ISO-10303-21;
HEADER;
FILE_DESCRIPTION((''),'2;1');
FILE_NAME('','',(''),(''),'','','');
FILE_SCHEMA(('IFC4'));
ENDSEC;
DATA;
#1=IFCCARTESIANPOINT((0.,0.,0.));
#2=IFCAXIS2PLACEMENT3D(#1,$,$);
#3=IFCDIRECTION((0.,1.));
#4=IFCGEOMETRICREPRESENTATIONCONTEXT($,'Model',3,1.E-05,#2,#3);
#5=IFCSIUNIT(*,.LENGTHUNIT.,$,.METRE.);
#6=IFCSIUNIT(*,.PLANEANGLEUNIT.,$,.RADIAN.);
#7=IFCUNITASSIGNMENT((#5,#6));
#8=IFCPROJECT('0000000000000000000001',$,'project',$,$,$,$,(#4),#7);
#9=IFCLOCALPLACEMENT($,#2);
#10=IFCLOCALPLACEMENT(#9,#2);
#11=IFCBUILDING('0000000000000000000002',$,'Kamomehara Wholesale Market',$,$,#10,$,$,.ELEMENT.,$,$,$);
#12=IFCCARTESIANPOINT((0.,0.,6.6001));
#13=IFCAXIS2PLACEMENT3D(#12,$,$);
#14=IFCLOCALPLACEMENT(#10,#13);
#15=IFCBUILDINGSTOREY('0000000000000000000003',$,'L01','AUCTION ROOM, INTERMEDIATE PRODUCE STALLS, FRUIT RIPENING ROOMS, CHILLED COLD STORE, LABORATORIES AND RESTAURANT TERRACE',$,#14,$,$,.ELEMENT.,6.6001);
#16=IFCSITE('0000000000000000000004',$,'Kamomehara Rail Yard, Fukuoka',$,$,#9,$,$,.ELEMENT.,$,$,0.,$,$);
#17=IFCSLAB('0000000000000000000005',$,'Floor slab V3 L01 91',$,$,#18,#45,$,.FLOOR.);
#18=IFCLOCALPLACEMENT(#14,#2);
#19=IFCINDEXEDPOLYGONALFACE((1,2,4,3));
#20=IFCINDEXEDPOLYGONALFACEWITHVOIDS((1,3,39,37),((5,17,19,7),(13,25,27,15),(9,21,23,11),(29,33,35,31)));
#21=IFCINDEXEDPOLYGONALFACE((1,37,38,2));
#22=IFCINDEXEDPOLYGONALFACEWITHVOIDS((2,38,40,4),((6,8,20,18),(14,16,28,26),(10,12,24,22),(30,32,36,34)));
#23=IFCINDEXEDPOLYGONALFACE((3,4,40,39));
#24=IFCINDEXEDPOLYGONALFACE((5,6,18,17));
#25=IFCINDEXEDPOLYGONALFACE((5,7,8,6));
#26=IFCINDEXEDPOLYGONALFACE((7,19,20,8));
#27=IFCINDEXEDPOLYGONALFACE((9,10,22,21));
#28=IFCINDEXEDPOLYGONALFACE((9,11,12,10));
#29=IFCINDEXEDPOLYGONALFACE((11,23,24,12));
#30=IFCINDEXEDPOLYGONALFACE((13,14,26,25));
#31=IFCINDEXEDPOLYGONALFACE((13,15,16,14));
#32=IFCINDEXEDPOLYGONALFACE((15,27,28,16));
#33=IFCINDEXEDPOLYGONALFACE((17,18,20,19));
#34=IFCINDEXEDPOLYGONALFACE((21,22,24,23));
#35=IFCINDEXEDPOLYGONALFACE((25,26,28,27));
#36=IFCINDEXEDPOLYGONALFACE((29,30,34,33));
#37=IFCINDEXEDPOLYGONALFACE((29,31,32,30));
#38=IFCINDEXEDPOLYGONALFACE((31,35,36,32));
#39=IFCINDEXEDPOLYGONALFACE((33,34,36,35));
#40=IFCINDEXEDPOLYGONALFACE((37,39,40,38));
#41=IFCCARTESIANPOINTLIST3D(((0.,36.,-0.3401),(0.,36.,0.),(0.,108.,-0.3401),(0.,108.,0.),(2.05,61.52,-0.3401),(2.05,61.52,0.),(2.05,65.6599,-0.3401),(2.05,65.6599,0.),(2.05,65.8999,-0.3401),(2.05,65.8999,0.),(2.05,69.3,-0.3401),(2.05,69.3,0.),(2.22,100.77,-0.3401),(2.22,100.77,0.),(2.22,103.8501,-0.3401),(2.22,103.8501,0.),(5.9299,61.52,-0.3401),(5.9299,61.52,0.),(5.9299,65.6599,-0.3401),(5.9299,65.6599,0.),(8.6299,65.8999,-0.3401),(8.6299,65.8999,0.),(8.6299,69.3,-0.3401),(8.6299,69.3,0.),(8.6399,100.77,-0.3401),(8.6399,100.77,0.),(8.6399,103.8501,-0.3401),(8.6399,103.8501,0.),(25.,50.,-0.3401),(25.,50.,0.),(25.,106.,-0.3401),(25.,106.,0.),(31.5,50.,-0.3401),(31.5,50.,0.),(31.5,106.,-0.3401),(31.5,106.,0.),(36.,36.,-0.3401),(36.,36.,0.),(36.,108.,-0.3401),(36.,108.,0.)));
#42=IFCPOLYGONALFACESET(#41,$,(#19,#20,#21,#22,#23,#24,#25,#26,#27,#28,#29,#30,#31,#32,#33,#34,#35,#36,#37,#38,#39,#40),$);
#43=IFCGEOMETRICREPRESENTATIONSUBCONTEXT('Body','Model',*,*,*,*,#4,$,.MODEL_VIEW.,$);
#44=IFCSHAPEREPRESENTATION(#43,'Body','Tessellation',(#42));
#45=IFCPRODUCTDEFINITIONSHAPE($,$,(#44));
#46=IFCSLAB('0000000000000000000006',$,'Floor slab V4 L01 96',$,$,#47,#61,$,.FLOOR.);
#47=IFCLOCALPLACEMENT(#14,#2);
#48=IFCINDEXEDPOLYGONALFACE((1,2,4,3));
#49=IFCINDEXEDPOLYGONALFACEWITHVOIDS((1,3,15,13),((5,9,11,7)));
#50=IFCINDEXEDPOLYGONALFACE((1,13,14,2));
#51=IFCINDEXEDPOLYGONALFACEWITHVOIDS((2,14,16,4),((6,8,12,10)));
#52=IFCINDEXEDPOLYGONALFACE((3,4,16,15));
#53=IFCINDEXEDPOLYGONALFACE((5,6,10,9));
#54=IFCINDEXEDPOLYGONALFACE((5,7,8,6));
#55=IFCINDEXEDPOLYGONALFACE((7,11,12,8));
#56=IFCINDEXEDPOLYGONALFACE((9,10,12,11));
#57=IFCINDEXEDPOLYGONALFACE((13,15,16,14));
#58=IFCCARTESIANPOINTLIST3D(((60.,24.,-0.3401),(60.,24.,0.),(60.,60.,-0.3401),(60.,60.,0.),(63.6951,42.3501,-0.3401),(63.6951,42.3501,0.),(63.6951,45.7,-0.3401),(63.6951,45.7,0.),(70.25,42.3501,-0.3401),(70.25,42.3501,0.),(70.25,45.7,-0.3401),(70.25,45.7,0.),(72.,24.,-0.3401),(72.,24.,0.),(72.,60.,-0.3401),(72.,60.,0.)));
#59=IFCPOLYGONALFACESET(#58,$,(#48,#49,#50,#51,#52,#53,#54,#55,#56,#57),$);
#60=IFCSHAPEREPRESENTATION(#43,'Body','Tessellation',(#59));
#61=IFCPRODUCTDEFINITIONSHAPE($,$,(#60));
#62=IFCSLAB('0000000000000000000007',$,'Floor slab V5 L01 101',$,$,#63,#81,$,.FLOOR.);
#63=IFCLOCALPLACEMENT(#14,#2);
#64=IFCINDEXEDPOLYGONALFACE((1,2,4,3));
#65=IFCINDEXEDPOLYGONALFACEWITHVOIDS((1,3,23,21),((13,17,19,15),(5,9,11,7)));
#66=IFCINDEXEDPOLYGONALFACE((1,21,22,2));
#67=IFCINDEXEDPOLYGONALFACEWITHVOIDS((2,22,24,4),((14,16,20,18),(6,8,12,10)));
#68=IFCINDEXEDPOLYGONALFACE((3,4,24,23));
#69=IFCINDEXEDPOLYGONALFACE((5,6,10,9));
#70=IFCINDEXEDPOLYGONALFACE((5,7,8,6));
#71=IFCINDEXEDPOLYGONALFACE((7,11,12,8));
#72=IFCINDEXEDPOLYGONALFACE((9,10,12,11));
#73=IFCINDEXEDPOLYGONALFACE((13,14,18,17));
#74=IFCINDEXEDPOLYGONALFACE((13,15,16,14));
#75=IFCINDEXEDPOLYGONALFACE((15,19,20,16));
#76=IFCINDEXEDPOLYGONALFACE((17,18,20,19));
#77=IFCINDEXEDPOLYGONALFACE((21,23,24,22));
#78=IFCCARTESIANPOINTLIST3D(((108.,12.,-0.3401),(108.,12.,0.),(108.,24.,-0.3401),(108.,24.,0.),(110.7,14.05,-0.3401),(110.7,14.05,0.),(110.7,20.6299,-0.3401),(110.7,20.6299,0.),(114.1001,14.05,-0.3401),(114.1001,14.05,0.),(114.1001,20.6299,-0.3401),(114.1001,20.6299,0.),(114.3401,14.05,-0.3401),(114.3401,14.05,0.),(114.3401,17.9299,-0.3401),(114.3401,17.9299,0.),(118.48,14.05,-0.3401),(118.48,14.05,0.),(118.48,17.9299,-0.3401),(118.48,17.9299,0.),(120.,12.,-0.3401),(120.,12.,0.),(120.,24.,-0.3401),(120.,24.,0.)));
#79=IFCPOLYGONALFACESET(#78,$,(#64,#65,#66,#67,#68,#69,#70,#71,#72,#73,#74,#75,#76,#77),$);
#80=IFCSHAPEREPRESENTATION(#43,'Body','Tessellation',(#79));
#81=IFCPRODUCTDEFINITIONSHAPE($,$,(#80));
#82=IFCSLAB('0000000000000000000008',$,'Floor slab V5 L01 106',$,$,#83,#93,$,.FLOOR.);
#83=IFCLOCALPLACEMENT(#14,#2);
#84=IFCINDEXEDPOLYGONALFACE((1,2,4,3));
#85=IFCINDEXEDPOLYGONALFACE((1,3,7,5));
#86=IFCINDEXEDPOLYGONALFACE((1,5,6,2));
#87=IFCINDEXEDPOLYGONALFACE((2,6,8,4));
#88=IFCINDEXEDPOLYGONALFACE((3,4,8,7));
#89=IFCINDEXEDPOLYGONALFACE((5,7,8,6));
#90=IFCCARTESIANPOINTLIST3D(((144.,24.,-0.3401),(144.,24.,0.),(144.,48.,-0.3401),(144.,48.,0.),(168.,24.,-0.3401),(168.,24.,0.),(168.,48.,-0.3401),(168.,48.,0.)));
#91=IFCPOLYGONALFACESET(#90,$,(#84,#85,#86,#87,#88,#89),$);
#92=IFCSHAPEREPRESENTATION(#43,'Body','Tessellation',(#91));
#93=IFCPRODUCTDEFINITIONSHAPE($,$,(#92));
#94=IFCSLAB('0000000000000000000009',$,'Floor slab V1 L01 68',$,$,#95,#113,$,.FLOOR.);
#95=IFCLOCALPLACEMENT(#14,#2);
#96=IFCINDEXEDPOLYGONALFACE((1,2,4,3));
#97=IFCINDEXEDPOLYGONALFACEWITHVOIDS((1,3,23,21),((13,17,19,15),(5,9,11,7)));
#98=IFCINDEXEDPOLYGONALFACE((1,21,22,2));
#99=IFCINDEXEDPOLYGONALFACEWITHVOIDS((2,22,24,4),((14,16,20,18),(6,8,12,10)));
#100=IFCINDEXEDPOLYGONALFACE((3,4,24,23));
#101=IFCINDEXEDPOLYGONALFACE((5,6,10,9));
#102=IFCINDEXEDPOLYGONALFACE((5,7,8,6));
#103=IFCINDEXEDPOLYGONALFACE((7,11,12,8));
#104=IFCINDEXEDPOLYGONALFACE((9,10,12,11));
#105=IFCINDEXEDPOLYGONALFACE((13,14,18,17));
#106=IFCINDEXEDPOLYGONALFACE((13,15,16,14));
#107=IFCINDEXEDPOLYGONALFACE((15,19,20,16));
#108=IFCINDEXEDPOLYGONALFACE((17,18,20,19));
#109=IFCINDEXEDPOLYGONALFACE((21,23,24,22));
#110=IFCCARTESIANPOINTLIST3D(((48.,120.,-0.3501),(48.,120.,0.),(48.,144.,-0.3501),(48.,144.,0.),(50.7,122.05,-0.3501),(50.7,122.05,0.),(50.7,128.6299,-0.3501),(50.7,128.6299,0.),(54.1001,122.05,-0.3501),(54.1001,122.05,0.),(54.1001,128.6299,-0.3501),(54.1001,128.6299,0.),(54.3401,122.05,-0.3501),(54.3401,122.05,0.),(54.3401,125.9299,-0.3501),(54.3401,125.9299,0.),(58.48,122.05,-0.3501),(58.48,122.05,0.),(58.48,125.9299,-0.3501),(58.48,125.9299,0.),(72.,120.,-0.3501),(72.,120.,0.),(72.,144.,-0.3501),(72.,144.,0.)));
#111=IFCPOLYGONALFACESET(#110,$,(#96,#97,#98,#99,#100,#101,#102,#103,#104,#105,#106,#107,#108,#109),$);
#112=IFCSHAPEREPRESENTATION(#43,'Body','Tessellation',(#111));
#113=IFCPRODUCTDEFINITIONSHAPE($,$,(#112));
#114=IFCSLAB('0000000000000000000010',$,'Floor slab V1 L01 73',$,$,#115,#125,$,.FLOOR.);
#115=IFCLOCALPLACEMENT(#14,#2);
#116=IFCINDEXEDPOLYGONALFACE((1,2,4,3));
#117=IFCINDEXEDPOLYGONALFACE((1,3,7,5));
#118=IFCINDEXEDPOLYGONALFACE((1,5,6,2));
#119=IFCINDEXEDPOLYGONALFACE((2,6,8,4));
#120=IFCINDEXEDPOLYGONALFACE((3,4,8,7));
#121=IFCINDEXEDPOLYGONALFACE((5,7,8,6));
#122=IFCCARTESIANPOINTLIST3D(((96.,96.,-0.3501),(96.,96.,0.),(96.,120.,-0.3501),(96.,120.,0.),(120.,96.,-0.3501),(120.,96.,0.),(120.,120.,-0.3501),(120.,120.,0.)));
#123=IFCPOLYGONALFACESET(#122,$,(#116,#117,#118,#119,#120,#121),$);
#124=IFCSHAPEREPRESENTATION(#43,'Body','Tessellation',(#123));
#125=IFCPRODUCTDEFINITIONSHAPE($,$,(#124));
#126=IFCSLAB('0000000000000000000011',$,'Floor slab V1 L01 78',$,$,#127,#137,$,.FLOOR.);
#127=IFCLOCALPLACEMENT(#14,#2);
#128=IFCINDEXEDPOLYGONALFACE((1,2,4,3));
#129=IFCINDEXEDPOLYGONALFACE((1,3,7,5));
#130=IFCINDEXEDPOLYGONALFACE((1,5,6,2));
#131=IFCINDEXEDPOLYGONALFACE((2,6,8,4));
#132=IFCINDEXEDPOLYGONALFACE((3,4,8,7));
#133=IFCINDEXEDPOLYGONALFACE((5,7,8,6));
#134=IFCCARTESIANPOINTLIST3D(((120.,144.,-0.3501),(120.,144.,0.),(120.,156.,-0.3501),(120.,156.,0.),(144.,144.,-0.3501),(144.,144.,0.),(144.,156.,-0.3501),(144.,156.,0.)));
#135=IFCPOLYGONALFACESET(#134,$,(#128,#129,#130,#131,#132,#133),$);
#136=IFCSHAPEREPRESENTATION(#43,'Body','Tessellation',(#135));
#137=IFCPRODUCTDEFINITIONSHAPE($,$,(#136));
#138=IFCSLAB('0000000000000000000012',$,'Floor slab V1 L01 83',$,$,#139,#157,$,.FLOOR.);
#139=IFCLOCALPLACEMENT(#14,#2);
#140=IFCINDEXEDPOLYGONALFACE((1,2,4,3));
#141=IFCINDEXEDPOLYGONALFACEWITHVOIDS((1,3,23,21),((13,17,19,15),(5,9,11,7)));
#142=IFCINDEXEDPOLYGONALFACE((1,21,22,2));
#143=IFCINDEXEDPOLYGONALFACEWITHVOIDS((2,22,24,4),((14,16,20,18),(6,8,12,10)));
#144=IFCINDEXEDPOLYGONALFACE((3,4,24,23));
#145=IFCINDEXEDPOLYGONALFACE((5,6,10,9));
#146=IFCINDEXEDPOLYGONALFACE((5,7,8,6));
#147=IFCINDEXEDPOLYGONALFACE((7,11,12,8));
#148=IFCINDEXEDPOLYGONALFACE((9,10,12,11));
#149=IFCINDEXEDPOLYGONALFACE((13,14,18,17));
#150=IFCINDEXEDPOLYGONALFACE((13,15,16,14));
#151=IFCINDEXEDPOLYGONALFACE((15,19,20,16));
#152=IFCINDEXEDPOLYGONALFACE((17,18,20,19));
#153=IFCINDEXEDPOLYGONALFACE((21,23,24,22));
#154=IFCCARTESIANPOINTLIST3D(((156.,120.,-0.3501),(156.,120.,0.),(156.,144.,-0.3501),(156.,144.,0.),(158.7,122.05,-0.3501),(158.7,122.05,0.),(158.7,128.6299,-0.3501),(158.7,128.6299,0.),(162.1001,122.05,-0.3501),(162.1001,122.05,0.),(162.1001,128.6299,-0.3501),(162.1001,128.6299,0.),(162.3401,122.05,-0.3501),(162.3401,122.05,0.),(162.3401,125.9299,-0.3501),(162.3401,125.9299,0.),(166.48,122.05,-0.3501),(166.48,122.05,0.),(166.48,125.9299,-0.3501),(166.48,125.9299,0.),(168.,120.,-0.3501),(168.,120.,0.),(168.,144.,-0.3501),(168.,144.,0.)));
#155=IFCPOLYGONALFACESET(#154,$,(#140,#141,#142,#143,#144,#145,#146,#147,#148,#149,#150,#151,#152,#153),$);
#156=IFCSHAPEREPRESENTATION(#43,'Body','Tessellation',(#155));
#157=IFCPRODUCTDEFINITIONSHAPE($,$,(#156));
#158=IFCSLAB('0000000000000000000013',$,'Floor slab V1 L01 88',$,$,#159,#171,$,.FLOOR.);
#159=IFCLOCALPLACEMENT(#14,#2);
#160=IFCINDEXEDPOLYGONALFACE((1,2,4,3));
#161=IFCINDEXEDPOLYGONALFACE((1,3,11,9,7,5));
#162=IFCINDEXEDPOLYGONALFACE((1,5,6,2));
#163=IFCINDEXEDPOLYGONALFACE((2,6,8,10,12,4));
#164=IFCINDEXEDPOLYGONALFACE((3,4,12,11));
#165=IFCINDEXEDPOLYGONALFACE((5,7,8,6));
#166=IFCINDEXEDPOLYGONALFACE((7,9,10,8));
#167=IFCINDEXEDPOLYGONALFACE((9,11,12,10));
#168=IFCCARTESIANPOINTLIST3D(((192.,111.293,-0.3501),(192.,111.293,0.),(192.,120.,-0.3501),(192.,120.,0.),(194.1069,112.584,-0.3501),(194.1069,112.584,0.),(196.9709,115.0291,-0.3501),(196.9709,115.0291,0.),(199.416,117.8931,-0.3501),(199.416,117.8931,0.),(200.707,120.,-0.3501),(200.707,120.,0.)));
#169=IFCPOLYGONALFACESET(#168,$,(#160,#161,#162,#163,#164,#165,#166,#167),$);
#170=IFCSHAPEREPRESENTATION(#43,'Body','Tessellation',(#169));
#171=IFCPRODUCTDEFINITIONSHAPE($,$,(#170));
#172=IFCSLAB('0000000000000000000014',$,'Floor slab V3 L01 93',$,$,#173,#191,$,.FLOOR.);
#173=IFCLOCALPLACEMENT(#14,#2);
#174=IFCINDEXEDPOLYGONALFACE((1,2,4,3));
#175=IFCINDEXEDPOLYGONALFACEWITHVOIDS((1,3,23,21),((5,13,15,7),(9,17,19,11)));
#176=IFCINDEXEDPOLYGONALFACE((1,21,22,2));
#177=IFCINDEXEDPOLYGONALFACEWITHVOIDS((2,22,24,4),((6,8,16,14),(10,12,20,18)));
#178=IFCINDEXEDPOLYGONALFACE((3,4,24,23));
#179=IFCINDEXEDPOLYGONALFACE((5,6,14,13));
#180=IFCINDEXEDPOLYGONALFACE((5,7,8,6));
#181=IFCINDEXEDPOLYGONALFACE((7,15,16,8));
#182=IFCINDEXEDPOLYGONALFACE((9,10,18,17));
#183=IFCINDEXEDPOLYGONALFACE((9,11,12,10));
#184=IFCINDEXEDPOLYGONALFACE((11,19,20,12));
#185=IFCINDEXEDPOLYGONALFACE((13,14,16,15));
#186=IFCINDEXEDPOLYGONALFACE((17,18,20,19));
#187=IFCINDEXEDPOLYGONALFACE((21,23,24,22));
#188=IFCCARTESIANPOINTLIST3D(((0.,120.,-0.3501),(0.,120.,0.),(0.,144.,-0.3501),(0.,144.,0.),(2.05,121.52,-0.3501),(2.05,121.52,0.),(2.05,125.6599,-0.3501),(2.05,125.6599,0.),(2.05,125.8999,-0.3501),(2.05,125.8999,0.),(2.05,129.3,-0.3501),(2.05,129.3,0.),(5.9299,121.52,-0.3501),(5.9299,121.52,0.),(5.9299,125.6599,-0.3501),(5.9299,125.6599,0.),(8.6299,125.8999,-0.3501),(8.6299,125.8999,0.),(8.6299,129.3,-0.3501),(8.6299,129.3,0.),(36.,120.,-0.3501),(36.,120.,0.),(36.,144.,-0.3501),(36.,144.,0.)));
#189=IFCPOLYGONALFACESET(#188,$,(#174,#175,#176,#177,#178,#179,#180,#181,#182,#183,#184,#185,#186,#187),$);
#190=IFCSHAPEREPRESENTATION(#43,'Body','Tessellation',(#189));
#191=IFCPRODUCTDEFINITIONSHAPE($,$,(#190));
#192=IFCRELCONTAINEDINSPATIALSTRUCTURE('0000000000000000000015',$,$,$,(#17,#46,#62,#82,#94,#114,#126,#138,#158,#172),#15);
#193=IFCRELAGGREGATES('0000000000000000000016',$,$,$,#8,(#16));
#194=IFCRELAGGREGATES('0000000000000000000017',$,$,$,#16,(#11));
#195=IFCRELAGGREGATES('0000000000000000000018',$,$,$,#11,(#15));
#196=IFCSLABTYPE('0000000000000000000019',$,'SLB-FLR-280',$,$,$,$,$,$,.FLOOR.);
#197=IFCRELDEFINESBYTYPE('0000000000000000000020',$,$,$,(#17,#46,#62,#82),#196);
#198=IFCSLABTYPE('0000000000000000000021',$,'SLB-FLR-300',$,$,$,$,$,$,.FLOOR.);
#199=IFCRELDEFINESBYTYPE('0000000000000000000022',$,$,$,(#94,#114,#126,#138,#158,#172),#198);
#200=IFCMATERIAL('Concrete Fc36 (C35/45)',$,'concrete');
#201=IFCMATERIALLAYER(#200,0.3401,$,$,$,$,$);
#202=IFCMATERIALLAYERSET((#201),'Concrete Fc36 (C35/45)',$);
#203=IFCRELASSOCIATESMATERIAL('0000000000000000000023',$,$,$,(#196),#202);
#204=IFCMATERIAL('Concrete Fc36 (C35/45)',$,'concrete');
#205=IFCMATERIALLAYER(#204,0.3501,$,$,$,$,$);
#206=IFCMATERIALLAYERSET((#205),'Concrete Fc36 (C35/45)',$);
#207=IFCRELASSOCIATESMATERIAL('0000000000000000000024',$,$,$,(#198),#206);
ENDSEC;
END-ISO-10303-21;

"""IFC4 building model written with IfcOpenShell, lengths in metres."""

from ifc_helpers import new_model, si_unit, direction, frame, origin, place, context, subcontext, project, spatial, polyline, outline, extrude, material, layer, layer_set, type_object, element, save


model = new_model("IFC4")

# Units and contexts
model_context = context("Model", 3, precision=1e-05, world=origin(), true_north=direction((0.0, 1.0)))
body_context = subcontext(model_context, "Body", "Model", "MODEL_VIEW")
ifc_project = project(units=[si_unit("LENGTHUNIT", "METRE"), si_unit("PLANEANGLEUNIT", "RADIAN")], contexts=[model_context])

# Site, building, storey
site_placement = place(None, origin())
site = spatial("IfcSite", under=ifc_project, at=site_placement, Name="Kamomehara Rail Yard, Fukuoka", CompositionType="ELEMENT", RefElevation=0.0)
building_placement = place(site_placement, origin())
building = spatial("IfcBuilding", under=site, at=building_placement, Name="Kamomehara Wholesale Market", CompositionType="ELEMENT")
storey_placement = place(building_placement, frame((0.0, 0.0, 6.6001)))
storey = spatial("IfcBuildingStorey", under=building, at=storey_placement, Name="L01", Description="AUCTION ROOM, INTERMEDIATE PRODUCE STALLS, FRUIT RIPENING ROOMS, CHILLED COLD STORE, LABORATORIES AND RESTAURANT TERRACE", CompositionType="ELEMENT", Elevation=6.6001)

# Slabs
ifc_material_1 = material(Name="Concrete Fc36 (C35/45)", Category="concrete")
ifc_layer_1 = layer(ifc_material_1, 0.3401)
ifc_layer_set_1 = layer_set([ifc_layer_1], Name="Concrete Fc36 (C35/45)")
slab_type_1 = type_object("IfcSlabType", Name="SLB-FLR-280", PredefinedType="FLOOR", material=ifc_layer_set_1)
slab_1_placement = place(storey_placement, frame((0.0, 0.0, -0.3401)))
element("IfcSlab", 1, at=slab_1_placement, inside=storey, type_object=slab_type_1, Name="Floor slab V3 L01 91", PredefinedType="FLOOR", context=body_context, shape_type="SweptSolid", body=[
    extrude(outline(polyline([(36.0, 36.0), (0.0, 36.0), (0.0, 108.0), (36.0, 108.0), (36.0, 36.0)]), holes=[polyline([(8.6299, 65.8999), (8.6299, 69.3), (2.05, 69.3), (2.05, 65.8999), (8.6299, 65.8999)]), polyline([(5.9299, 61.52), (5.9299, 65.6599), (2.05, 65.6599), (2.05, 61.52), (5.9299, 61.52)]), polyline([(8.6399, 100.77), (8.6399, 103.8501), (2.22, 103.8501), (2.22, 100.77), (8.6399, 100.77)]), polyline([(31.5, 50.0), (31.5, 106.0), (25.0, 106.0), (25.0, 50.0), (31.5, 50.0)])]), origin(), (0.0, 0.0, 1.0), 0.3401),
])
slab_2_placement = place(storey_placement, frame((0.0, 0.0, -0.3401)))
element("IfcSlab", 2, at=slab_2_placement, inside=storey, type_object=slab_type_1, Name="Floor slab V4 L01 96", PredefinedType="FLOOR", context=body_context, shape_type="SweptSolid", body=[
    extrude(outline(polyline([(72.0, 24.0), (60.0, 24.0), (60.0, 60.0), (72.0, 60.0), (72.0, 24.0)]), holes=[polyline([(70.25, 42.3501), (70.25, 45.7), (63.6951, 45.7), (63.6951, 42.3501), (70.25, 42.3501)])]), origin(), (0.0, 0.0, 1.0), 0.3401),
])
slab_3_placement = place(storey_placement, frame((0.0, 0.0, -0.3401)))
element("IfcSlab", 3, at=slab_3_placement, inside=storey, type_object=slab_type_1, Name="Floor slab V5 L01 101", PredefinedType="FLOOR", context=body_context, shape_type="SweptSolid", body=[
    extrude(outline(polyline([(120.0, 24.0), (120.0, 12.0), (108.0, 12.0), (108.0, 24.0), (120.0, 24.0)]), holes=[polyline([(114.1001, 14.05), (114.1001, 20.6299), (110.7, 20.6299), (110.7, 14.05), (114.1001, 14.05)]), polyline([(118.48, 14.05), (118.48, 17.9299), (114.3401, 17.9299), (114.3401, 14.05), (118.48, 14.05)])]), origin(), (0.0, 0.0, 1.0), 0.3401),
])
slab_4_placement = place(storey_placement, frame((0.0, 0.0, -0.3401)))
element("IfcSlab", 4, at=slab_4_placement, inside=storey, type_object=slab_type_1, Name="Floor slab V5 L01 106", PredefinedType="FLOOR", context=body_context, shape_type="SweptSolid", body=[
    extrude(outline(polyline([(168.0, 24.0), (144.0, 24.0), (144.0, 48.0), (168.0, 48.0), (168.0, 24.0)])), origin(), (0.0, 0.0, 1.0), 0.3401),
])
ifc_material_2 = material(Name="Concrete Fc36 (C35/45)", Category="concrete")
ifc_layer_2 = layer(ifc_material_2, 0.3501)
ifc_layer_set_2 = layer_set([ifc_layer_2], Name="Concrete Fc36 (C35/45)")
slab_type_2 = type_object("IfcSlabType", Name="SLB-FLR-300", PredefinedType="FLOOR", material=ifc_layer_set_2)
slab_5_placement = place(storey_placement, frame((0.0, 0.0, -0.3501)))
element("IfcSlab", 5, at=slab_5_placement, inside=storey, type_object=slab_type_2, Name="Floor slab V1 L01 68", PredefinedType="FLOOR", context=body_context, shape_type="SweptSolid", body=[
    extrude(outline(polyline([(72.0, 120.0), (48.0, 120.0), (48.0, 144.0), (72.0, 144.0), (72.0, 120.0)]), holes=[polyline([(54.1001, 122.05), (54.1001, 128.6299), (50.7, 128.6299), (50.7, 122.05), (54.1001, 122.05)]), polyline([(58.48, 122.05), (58.48, 125.9299), (54.3401, 125.9299), (54.3401, 122.05), (58.48, 122.05)])]), origin(), (0.0, 0.0, 1.0), 0.3501),
])
slab_6_placement = place(storey_placement, frame((0.0, 0.0, -0.3501)))
element("IfcSlab", 6, at=slab_6_placement, inside=storey, type_object=slab_type_2, Name="Floor slab V1 L01 73", PredefinedType="FLOOR", context=body_context, shape_type="SweptSolid", body=[
    extrude(outline(polyline([(96.0, 120.0), (120.0, 120.0), (120.0, 96.0), (96.0, 96.0), (96.0, 120.0)])), origin(), (0.0, 0.0, 1.0), 0.3501),
])
slab_7_placement = place(storey_placement, frame((0.0, 0.0, -0.3501)))
element("IfcSlab", 7, at=slab_7_placement, inside=storey, type_object=slab_type_2, Name="Floor slab V1 L01 78", PredefinedType="FLOOR", context=body_context, shape_type="SweptSolid", body=[
    extrude(outline(polyline([(144.0, 144.0), (120.0, 144.0), (120.0, 156.0), (144.0, 156.0), (144.0, 144.0)])), origin(), (0.0, 0.0, 1.0), 0.3501),
])
slab_8_placement = place(storey_placement, frame((0.0, 0.0, -0.3501)))
element("IfcSlab", 8, at=slab_8_placement, inside=storey, type_object=slab_type_2, Name="Floor slab V1 L01 83", PredefinedType="FLOOR", context=body_context, shape_type="SweptSolid", body=[
    extrude(outline(polyline([(168.0, 144.0), (168.0, 120.0), (156.0, 120.0), (156.0, 144.0), (168.0, 144.0)]), holes=[polyline([(162.1001, 122.05), (162.1001, 128.6299), (158.7, 128.6299), (158.7, 122.05), (162.1001, 122.05)]), polyline([(166.48, 122.05), (166.48, 125.9299), (162.3401, 125.9299), (162.3401, 122.05), (166.48, 122.05)])]), origin(), (0.0, 0.0, 1.0), 0.3501),
])
slab_9_placement = place(storey_placement, frame((0.0, 0.0, -0.3501)))
element("IfcSlab", 9, at=slab_9_placement, inside=storey, type_object=slab_type_2, Name="Floor slab V1 L01 88", PredefinedType="FLOOR", context=body_context, shape_type="SweptSolid", body=[
    extrude(outline(polyline([(192.0, 120.0), (200.707, 120.0), (199.416, 117.8931), (196.9709, 115.0291), (194.1069, 112.584), (192.0, 111.293), (192.0, 120.0)])), origin(), (0.0, 0.0, 1.0), 0.3501),
])
slab_10_placement = place(storey_placement, frame((0.0, 0.0, -0.3501)))
element("IfcSlab", 10, at=slab_10_placement, inside=storey, type_object=slab_type_2, Name="Floor slab V3 L01 93", PredefinedType="FLOOR", context=body_context, shape_type="SweptSolid", body=[
    extrude(outline(polyline([(36.0, 120.0), (0.0, 120.0), (0.0, 144.0), (36.0, 144.0), (36.0, 120.0)]), holes=[polyline([(8.6299, 125.8999), (8.6299, 129.3), (2.05, 129.3), (2.05, 125.8999), (8.6299, 125.8999)]), polyline([(5.9299, 121.52), (5.9299, 125.6599), (2.05, 125.6599), (2.05, 121.52), (5.9299, 121.52)])]), origin(), (0.0, 0.0, 1.0), 0.3501),
])

save(model, "model.ifc")
